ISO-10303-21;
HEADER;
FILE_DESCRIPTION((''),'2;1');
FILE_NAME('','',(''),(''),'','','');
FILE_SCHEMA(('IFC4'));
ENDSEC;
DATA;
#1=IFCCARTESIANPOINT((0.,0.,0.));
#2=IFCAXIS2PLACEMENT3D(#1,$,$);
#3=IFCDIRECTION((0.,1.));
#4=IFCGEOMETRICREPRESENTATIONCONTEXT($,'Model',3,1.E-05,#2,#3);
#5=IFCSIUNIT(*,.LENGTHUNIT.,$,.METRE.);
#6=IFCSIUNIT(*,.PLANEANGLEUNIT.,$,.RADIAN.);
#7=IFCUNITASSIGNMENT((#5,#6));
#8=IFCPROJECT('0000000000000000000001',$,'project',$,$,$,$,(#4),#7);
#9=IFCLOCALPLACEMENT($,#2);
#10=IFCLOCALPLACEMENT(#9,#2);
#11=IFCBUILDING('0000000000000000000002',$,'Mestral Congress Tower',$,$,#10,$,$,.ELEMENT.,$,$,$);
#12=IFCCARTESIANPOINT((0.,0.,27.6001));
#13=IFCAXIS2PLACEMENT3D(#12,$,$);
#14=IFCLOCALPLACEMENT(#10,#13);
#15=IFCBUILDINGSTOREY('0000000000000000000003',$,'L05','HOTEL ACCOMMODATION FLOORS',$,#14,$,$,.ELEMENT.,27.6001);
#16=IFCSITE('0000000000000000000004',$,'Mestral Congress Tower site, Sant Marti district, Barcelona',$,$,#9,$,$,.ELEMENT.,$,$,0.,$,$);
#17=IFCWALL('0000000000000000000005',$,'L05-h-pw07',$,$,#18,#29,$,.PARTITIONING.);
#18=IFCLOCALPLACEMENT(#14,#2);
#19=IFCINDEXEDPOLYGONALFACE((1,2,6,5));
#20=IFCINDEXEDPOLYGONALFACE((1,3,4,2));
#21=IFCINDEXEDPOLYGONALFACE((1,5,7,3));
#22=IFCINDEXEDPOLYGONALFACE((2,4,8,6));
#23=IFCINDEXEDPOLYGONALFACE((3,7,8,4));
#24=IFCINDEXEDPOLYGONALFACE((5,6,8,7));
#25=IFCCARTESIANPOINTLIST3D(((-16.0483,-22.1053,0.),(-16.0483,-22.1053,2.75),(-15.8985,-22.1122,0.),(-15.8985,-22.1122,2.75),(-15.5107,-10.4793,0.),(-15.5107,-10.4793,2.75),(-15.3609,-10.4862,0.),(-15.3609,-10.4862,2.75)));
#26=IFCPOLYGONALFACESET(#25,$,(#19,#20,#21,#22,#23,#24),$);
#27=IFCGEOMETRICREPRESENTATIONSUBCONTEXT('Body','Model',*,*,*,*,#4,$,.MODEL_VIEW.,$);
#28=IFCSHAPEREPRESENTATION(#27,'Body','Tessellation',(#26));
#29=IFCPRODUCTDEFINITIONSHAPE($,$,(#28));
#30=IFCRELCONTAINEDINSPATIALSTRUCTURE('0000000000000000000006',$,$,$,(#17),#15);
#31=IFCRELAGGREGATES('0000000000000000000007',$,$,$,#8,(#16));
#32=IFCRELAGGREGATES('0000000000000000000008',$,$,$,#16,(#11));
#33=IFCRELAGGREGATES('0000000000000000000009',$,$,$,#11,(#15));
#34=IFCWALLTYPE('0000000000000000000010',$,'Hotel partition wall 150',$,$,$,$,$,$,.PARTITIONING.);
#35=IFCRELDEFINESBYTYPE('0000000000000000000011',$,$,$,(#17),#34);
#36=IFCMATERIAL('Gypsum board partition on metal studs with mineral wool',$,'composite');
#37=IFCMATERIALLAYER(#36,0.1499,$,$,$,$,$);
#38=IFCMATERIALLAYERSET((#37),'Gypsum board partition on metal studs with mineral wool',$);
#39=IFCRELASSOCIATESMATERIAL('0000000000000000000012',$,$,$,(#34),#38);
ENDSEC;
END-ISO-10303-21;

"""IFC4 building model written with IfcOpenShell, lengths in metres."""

from ifc_helpers import new_model, si_unit, direction, frame, frame_2d, origin, place, context, subcontext, project, spatial, rectangle, extrude, material, layer, layer_set, type_object, element, save


model = new_model("IFC4")

# Units and contexts
model_context = context("Model", 3, precision=1e-05, world=origin(), true_north=direction((0.0, 1.0)))
body_context = subcontext(model_context, "Body", "Model", "MODEL_VIEW")
ifc_project = project(units=[si_unit("LENGTHUNIT", "METRE"), si_unit("PLANEANGLEUNIT", "RADIAN")], contexts=[model_context])

# Site, building, storey
site_placement = place(None, origin())
site = spatial("IfcSite", under=ifc_project, at=site_placement, Name="Mestral Congress Tower site, Sant Marti district, Barcelona", CompositionType="ELEMENT", RefElevation=0.0)
building_placement = place(site_placement, origin())
building = spatial("IfcBuilding", under=site, at=building_placement, Name="Mestral Congress Tower", CompositionType="ELEMENT")
storey_placement = place(building_placement, frame((0.0, 0.0, 27.6001)))
storey = spatial("IfcBuildingStorey", under=building, at=storey_placement, Name="L05", Description="HOTEL ACCOMMODATION FLOORS", CompositionType="ELEMENT", Elevation=27.6001)

# Shared definitions
ifc_material_1 = material(Name="Gypsum board partition on metal studs with mineral wool", Category="composite")

# Wall
ifc_layer_1 = layer(ifc_material_1, 0.1499)
ifc_layer_set_1 = layer_set([ifc_layer_1], Name="Gypsum board partition on metal studs with mineral wool")
wall_type_1 = type_object("IfcWallType", Name="Hotel partition wall 150", PredefinedType="PARTITIONING", material=ifc_layer_set_1)
wall_1_placement = place(storey_placement, frame((-15.9734, -22.1089, 0.0), z_axis=(0.0, 0.0, 1.0), x_axis=(0.046192, 0.998933, 0.0)))
element("IfcWall", 1, at=wall_1_placement, inside=storey, type_object=wall_type_1, Name="L05-h-pw07", PredefinedType="PARTITIONING", context=body_context, shape_type="SweptSolid", body=[
    extrude(rectangle(XDim=11.6384, YDim=0.1499, at=frame_2d((5.8193, 0.0))), origin(), (0.0, 0.0, 1.0), 2.75),
])

save(model, "model.ifc")
